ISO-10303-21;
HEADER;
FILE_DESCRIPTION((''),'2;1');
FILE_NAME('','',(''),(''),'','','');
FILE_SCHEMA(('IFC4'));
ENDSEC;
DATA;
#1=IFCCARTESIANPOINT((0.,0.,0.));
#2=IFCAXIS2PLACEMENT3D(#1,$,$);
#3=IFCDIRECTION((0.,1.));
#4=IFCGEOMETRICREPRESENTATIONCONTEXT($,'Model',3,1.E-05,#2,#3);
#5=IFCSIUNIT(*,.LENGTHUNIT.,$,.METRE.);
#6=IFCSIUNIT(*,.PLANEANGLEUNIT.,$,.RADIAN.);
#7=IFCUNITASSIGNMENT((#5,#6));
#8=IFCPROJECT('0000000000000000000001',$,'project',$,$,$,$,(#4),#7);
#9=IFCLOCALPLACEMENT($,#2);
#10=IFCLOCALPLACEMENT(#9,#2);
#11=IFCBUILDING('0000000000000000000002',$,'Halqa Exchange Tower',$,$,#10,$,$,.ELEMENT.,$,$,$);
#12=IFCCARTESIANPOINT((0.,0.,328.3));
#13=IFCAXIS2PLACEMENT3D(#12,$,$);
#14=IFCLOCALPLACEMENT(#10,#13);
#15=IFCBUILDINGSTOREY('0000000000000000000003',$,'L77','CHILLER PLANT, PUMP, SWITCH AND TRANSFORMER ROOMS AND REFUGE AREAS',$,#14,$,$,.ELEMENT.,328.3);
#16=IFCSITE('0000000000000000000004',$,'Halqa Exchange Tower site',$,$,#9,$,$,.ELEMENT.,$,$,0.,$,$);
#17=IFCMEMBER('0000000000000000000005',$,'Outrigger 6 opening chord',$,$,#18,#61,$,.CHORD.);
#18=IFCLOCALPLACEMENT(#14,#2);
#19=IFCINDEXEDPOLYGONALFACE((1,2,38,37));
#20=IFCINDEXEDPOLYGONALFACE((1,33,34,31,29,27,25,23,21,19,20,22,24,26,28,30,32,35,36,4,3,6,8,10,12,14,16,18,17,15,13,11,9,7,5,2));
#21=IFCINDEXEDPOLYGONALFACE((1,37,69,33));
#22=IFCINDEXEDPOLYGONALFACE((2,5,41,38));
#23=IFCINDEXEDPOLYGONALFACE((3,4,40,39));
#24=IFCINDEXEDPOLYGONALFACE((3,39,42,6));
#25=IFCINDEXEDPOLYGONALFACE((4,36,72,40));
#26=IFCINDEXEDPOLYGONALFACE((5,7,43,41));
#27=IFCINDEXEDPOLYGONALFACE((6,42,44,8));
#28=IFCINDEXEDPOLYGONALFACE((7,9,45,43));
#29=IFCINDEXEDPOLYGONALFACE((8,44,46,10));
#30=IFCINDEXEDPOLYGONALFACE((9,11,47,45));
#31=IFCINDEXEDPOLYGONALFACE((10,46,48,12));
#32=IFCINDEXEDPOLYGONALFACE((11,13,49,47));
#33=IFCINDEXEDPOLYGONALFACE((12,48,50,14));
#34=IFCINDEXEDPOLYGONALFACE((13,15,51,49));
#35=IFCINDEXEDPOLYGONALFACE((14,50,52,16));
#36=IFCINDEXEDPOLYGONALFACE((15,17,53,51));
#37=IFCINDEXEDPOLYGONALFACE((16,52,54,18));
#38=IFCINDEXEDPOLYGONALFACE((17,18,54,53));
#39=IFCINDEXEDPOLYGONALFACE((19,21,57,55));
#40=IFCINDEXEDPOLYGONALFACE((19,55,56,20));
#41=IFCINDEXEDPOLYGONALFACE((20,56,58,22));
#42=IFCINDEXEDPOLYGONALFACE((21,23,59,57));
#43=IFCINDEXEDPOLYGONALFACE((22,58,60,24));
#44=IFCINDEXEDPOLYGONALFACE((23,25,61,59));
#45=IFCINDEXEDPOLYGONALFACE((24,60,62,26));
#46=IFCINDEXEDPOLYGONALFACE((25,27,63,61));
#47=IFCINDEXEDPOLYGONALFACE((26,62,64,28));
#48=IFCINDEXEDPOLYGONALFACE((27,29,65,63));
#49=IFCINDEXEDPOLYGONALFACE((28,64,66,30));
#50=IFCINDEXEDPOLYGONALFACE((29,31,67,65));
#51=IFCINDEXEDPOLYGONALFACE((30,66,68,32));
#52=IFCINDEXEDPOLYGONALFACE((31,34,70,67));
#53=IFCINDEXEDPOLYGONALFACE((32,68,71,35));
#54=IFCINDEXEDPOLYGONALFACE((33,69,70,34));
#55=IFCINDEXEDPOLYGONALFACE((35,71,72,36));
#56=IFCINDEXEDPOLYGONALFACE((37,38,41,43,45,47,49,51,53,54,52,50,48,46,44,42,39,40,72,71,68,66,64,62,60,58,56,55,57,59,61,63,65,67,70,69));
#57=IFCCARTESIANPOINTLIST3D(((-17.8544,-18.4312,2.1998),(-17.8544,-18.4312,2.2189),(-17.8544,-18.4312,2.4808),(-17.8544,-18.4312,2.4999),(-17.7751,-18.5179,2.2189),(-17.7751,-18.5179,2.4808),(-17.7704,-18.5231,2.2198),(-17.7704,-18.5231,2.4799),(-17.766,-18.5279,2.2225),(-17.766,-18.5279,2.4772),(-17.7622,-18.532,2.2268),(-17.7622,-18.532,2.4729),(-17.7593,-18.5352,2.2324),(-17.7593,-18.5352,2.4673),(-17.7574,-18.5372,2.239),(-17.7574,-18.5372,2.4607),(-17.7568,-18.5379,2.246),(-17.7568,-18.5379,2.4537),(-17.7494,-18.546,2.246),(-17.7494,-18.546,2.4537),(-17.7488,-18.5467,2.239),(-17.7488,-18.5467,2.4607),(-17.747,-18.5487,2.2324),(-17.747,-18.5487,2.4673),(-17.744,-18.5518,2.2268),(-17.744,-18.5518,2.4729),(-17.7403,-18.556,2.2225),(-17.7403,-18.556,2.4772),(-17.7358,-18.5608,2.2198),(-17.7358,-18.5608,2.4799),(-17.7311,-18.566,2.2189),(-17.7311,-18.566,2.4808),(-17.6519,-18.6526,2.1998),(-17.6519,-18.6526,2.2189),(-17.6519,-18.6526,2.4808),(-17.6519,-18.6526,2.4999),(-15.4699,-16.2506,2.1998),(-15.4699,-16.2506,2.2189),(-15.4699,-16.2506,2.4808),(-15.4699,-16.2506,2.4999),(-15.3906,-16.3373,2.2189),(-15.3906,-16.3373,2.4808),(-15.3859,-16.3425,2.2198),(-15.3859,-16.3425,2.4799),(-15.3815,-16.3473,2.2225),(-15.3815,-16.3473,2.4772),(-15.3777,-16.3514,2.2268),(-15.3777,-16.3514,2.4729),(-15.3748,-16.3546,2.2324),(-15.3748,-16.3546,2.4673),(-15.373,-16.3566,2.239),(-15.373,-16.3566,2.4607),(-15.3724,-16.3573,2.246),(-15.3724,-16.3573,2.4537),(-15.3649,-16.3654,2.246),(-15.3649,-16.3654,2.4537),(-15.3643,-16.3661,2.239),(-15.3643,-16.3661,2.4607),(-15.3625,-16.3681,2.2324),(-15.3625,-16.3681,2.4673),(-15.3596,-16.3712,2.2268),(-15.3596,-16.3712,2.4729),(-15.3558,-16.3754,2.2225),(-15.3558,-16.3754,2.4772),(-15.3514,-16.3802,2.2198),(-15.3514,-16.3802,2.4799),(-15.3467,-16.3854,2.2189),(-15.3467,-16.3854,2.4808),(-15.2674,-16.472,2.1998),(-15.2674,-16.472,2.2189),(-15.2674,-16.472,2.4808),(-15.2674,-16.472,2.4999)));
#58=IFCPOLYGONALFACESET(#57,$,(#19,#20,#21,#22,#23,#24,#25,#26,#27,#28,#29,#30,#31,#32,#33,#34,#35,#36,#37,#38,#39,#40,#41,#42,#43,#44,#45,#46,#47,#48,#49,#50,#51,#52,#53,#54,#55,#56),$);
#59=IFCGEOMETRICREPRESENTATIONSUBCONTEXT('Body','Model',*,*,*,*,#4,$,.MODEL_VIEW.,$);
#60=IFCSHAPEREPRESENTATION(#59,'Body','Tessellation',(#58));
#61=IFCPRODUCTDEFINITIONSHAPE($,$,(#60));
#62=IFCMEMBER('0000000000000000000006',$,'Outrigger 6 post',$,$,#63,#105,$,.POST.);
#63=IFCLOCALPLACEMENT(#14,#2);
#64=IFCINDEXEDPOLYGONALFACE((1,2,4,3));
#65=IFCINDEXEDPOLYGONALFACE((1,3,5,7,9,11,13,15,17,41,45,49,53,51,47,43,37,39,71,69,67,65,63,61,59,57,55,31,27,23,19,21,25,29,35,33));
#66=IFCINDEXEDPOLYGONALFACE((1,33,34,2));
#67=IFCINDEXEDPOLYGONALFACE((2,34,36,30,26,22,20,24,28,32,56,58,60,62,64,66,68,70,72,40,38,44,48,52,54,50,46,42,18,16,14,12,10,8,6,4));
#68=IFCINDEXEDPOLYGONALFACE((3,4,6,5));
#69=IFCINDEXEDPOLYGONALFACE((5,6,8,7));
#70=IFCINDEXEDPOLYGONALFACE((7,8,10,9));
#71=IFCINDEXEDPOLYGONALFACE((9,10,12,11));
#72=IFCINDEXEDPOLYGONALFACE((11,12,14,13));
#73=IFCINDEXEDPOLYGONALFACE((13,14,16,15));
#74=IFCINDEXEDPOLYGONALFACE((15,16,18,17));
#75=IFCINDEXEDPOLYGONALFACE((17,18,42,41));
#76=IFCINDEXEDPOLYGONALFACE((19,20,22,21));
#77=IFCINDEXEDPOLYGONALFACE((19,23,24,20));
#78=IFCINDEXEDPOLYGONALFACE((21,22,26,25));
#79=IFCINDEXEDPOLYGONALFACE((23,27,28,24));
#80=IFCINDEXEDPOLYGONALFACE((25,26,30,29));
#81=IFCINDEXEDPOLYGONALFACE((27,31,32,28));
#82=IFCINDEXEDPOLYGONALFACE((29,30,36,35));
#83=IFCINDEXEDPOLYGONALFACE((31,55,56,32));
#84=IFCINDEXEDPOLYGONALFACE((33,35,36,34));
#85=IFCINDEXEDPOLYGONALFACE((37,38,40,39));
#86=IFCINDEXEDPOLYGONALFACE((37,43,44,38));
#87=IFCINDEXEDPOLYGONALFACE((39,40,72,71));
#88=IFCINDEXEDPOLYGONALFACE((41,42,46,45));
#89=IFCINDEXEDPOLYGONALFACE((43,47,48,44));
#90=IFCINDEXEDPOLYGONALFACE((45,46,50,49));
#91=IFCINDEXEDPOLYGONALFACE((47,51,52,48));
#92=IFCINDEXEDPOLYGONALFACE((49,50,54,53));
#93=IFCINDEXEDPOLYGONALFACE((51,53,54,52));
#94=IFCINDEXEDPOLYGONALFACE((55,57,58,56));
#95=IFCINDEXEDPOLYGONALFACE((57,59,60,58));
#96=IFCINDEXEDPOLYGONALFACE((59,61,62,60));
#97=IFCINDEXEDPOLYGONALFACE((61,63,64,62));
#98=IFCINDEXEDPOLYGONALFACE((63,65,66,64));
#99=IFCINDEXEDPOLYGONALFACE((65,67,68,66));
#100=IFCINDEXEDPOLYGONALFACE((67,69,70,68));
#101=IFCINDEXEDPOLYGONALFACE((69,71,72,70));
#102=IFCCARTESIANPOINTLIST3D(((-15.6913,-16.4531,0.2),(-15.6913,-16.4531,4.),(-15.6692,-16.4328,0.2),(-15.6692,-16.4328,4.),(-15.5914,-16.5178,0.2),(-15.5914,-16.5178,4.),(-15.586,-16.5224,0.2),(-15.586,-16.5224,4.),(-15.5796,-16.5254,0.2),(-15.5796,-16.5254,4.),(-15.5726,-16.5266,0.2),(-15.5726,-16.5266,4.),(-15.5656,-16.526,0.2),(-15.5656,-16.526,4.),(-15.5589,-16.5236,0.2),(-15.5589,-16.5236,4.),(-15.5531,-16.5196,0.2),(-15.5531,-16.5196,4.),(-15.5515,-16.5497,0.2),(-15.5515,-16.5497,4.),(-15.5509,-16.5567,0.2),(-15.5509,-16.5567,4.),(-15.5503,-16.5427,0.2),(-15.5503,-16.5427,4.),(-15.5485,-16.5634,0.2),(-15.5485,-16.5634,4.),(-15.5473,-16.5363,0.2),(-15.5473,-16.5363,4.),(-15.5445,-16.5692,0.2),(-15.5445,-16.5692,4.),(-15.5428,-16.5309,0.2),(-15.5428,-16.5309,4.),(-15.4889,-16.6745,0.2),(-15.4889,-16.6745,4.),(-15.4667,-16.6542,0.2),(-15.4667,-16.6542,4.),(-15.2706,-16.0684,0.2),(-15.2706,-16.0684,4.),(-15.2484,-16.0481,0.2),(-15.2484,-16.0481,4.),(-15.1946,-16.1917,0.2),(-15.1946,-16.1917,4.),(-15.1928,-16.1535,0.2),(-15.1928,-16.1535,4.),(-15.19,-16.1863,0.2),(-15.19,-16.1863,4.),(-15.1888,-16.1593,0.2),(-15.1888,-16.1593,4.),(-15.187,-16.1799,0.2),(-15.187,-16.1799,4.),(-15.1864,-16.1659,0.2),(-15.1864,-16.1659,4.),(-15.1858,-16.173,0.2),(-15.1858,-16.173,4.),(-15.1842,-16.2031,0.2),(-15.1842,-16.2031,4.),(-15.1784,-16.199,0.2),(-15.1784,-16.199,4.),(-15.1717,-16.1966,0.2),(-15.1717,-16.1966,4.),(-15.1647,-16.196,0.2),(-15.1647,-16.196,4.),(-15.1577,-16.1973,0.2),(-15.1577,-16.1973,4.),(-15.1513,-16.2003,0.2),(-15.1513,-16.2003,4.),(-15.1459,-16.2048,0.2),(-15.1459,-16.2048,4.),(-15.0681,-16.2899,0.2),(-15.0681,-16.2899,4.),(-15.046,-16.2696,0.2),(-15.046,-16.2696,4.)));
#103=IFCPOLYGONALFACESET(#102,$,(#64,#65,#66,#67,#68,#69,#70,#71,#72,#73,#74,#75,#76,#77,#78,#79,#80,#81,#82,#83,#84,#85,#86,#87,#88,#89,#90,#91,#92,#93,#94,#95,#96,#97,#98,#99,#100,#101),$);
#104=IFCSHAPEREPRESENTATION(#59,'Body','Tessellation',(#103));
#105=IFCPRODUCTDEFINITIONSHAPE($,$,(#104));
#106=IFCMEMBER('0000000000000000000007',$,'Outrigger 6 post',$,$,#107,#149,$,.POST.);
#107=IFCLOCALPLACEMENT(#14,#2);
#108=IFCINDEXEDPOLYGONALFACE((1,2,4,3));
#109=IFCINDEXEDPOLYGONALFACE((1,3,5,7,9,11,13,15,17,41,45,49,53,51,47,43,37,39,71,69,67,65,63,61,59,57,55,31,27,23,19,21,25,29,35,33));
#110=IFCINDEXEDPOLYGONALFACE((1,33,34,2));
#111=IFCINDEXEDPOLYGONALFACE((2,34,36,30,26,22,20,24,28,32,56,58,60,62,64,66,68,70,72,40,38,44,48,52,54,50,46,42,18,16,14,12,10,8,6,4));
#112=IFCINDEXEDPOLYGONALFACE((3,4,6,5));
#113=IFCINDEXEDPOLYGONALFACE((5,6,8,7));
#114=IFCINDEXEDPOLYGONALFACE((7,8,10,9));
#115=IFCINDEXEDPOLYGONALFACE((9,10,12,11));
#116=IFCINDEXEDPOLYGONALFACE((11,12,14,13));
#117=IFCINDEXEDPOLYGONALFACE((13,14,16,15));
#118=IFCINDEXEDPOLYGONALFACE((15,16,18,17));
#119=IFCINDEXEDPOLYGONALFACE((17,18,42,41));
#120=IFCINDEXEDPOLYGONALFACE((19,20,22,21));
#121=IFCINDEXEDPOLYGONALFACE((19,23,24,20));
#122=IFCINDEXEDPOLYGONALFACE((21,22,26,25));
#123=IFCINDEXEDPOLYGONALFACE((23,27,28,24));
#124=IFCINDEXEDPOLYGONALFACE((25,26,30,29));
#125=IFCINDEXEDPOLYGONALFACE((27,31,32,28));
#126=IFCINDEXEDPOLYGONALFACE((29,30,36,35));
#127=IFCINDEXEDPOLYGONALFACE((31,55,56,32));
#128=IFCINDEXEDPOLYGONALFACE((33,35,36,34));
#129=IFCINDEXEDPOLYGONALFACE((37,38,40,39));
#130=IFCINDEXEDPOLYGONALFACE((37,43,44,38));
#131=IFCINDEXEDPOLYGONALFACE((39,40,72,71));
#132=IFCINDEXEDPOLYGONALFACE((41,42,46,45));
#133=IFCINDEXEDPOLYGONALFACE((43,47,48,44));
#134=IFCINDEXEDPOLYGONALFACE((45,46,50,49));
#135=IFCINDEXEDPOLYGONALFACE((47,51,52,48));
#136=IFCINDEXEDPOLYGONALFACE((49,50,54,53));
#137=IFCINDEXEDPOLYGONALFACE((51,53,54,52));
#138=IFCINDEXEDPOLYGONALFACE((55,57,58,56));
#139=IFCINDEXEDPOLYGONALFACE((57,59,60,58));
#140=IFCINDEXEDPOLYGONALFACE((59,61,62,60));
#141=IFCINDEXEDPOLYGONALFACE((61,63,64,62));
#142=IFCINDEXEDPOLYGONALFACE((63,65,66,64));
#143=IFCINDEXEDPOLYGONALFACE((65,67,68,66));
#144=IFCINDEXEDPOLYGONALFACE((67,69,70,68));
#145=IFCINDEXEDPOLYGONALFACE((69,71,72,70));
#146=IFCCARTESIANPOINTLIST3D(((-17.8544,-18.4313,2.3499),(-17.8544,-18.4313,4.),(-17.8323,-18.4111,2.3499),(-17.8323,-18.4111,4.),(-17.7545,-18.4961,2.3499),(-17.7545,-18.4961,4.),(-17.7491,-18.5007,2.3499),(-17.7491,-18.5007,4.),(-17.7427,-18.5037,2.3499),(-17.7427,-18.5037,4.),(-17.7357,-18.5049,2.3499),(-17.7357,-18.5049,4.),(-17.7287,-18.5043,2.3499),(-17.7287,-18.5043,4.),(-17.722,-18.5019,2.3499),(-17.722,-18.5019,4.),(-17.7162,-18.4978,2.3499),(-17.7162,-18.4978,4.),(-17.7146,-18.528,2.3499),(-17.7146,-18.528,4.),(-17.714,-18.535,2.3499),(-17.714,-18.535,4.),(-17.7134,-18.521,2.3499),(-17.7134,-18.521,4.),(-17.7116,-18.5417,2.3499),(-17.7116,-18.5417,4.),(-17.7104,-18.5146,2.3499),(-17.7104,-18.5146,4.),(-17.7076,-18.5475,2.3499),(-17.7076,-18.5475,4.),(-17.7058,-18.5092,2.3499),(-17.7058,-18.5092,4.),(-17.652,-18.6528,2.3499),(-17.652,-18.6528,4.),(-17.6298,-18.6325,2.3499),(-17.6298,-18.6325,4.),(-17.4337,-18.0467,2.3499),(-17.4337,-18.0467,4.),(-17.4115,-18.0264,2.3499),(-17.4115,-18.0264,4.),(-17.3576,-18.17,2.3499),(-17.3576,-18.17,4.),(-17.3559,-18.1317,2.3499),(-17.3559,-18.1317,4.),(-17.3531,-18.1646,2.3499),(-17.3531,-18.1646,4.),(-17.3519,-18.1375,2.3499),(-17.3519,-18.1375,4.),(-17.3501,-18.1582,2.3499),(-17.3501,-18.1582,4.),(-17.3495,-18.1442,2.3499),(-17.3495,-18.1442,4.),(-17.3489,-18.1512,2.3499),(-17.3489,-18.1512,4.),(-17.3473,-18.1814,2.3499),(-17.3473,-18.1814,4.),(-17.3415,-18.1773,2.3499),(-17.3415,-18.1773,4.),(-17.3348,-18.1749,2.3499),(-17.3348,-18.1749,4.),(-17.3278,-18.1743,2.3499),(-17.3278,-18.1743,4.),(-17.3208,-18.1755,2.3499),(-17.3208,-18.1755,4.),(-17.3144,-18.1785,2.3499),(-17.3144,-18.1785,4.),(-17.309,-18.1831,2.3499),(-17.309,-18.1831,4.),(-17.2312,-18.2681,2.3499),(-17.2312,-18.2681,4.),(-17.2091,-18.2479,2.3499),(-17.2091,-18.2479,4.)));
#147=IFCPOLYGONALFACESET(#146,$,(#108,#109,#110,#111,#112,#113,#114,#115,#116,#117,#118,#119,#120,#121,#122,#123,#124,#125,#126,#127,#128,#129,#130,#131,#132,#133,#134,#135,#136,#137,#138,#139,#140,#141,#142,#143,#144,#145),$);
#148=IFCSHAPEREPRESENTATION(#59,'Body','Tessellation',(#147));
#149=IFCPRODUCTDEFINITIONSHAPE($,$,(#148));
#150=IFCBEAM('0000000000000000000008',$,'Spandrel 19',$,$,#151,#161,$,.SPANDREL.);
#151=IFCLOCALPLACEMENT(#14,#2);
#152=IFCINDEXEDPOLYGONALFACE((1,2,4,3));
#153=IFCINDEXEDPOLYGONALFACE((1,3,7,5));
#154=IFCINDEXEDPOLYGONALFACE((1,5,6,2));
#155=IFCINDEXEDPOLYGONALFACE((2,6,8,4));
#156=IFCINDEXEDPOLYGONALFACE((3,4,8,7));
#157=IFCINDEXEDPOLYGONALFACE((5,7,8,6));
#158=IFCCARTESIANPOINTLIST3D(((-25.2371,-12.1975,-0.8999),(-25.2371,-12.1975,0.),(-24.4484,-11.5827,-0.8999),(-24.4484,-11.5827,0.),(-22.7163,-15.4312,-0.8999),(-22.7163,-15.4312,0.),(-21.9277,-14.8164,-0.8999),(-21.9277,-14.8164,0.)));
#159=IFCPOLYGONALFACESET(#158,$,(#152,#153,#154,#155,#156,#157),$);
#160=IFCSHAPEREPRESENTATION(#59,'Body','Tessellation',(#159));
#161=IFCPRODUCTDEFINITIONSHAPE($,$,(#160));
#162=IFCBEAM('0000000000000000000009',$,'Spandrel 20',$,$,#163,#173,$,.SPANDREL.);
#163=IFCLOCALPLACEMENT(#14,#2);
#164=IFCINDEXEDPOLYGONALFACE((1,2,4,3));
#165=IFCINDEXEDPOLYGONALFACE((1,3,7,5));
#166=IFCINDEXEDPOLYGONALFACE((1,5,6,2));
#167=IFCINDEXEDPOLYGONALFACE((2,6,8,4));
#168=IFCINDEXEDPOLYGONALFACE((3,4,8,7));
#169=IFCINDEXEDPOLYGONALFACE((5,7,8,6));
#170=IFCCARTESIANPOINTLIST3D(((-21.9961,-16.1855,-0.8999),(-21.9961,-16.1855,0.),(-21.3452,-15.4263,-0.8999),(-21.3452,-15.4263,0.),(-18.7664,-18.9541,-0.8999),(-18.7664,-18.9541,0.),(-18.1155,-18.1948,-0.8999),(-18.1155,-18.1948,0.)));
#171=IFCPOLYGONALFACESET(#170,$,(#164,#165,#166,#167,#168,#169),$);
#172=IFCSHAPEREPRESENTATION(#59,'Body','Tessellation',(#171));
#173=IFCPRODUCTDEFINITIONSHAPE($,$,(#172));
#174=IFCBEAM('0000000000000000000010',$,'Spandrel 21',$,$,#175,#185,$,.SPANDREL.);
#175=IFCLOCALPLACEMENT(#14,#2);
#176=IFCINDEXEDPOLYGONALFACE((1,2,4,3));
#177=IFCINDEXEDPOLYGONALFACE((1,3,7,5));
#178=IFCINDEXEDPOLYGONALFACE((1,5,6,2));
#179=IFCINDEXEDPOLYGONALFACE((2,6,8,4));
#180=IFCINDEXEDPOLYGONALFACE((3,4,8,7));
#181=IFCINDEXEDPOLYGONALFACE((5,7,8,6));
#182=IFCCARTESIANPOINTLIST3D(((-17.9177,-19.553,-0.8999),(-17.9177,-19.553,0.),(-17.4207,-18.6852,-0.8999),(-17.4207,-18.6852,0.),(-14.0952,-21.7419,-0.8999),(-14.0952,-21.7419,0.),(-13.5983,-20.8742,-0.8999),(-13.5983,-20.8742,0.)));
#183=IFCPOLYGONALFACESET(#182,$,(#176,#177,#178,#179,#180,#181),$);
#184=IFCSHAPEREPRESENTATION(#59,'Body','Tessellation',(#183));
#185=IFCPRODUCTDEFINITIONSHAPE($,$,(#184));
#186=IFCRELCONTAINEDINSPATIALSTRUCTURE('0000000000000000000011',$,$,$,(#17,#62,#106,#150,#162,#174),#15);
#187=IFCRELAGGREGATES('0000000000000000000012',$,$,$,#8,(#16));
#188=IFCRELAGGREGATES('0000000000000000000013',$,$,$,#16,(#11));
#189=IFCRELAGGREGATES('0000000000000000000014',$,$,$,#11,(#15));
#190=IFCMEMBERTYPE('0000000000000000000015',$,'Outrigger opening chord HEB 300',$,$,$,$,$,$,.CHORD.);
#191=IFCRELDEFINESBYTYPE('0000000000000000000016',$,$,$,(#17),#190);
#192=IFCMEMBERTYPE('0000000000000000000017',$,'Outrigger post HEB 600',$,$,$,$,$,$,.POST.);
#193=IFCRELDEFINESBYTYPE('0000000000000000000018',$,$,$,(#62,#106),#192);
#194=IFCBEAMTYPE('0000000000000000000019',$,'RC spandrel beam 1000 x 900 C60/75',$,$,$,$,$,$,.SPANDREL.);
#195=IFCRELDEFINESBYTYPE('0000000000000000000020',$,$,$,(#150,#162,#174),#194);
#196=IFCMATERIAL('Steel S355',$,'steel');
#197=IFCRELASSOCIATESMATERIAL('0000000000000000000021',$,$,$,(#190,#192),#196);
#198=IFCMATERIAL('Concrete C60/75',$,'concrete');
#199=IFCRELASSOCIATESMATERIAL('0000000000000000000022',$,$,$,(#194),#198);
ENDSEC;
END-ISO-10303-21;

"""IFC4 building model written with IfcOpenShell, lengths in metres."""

from ifc_helpers import new_model, si_unit, direction, frame, origin, origin_2d, place, context, subcontext, project, spatial, rectangle, i_section, extrude, material, material_profile, profile_set, type_object, element, save


model = new_model("IFC4")

# Units and contexts
model_context = context("Model", 3, precision=1e-05, world=origin(), true_north=direction((0.0, 1.0)))
body_context = subcontext(model_context, "Body", "Model", "MODEL_VIEW")
ifc_project = project(units=[si_unit("LENGTHUNIT", "METRE"), si_unit("PLANEANGLEUNIT", "RADIAN")], contexts=[model_context])

# Site, building, storey
site_placement = place(None, origin())
site = spatial("IfcSite", under=ifc_project, at=site_placement, Name="Halqa Exchange Tower site", CompositionType="ELEMENT", RefElevation=0.0)
building_placement = place(site_placement, origin())
building = spatial("IfcBuilding", under=site, at=building_placement, Name="Halqa Exchange Tower", CompositionType="ELEMENT")
storey_placement = place(building_placement, frame((0.0, 0.0, 328.3)))
storey = spatial("IfcBuildingStorey", under=building, at=storey_placement, Name="L77", Description="CHILLER PLANT, PUMP, SWITCH AND TRANSFORMER ROOMS AND REFUGE AREAS", CompositionType="ELEMENT", Elevation=328.3)

# Members
ifc_material_1 = material(Name="Steel S355", Category="steel")
ifc_material_profile_1 = material_profile(ifc_material_1, i_section(OverallWidth=0.3, OverallDepth=0.3, WebThickness=0.011, FlangeThickness=0.019, FilletRadius=0.0271, at=origin_2d()), Name="HEB 300")
ifc_profile_set_1 = profile_set([ifc_material_profile_1], Name="Steel S355")
member_type_1 = type_object("IfcMemberType", Name="Outrigger opening chord HEB 300", PredefinedType="CHORD", material=ifc_profile_set_1)
member_1_placement = place(storey_placement, frame((-15.3687, -16.3613, 2.3499), z_axis=(-0.737947, -0.674859, 0.0), x_axis=(0.674859, -0.737947, 0.0)))
element("IfcMember", 1, at=member_1_placement, inside=storey, type_object=member_type_1, Name="Outrigger 6 opening chord", PredefinedType="CHORD", context=body_context, shape_type="SweptSolid", body=[
    extrude(i_section(OverallWidth=0.3, OverallDepth=0.3, WebThickness=0.011, FlangeThickness=0.019, FilletRadius=0.0271, at=origin_2d()), origin(), (0.0, 0.0, 1.0), 3.2312),
])
ifc_material_profile_2 = material_profile(ifc_material_1, i_section(OverallWidth=0.3, OverallDepth=0.6001, WebThickness=0.0154, FlangeThickness=0.03, FilletRadius=0.0271, at=origin_2d()), Name="HEB 600")
ifc_profile_set_2 = profile_set([ifc_material_profile_2], Name="Steel S355")
member_type_2 = type_object("IfcMemberType", Name="Outrigger post HEB 600", PredefinedType="POST", material=ifc_profile_set_2)
member_2_placement = place(storey_placement, frame((-15.3687, -16.3613, 0.2), z_axis=(0.0, 0.0, 1.0), x_axis=(0.67474, -0.738055, 0.0)))
element("IfcMember", 2, at=member_2_placement, inside=storey, type_object=member_type_2, Name="Outrigger 6 post", PredefinedType="POST", context=body_context, shape_type="SweptSolid", body=[
    extrude(i_section(OverallWidth=0.3, OverallDepth=0.6001, WebThickness=0.0154, FlangeThickness=0.03, FilletRadius=0.0271, at=origin_2d()), origin(), (0.0, 0.0, 1.0), 3.8),
])
member_3_placement = place(storey_placement, frame((-17.5317, -18.3396, 2.3499), z_axis=(0.0, 0.0, 1.0), x_axis=(0.67474, -0.738055, 0.0)))
element("IfcMember", 3, at=member_3_placement, inside=storey, type_object=member_type_2, Name="Outrigger 6 post", PredefinedType="POST", context=body_context, shape_type="SweptSolid", body=[
    extrude(i_section(OverallWidth=0.3, OverallDepth=0.6001, WebThickness=0.0154, FlangeThickness=0.03, FilletRadius=0.0271, at=origin_2d()), origin(), (0.0, 0.0, 1.0), 1.6501),
])

# Beams
ifc_material_2 = material(Name="Concrete C60/75", Category="concrete")
ifc_material_profile_3 = material_profile(ifc_material_2, rectangle(XDim=1.0, YDim=0.8999, at=origin_2d()), Name="1000 x 900")
ifc_profile_set_3 = profile_set([ifc_material_profile_3], Name="Concrete C60/75")
beam_type = type_object("IfcBeamType", Name="RC spandrel beam 1000 x 900 C60/75", PredefinedType="SPANDREL", material=ifc_profile_set_3)
beam_1_placement = place(storey_placement, frame((-24.8428, -11.8901, -0.45), z_axis=(0.614806, -0.788678, 0.0), x_axis=(0.788678, 0.614806, 0.0)))
element("IfcBeam", 4, at=beam_1_placement, inside=storey, type_object=beam_type, Name="Spandrel 19", PredefinedType="SPANDREL", context=body_context, shape_type="SweptSolid", body=[
    extrude(rectangle(XDim=1.0, YDim=0.8999, at=origin_2d()), origin(), (0.0, 0.0, 1.0), 4.1001),
])
beam_2_placement = place(storey_placement, frame((-21.6707, -15.8059, -0.45), z_axis=(0.759232, -0.65082, 0.0), x_axis=(0.65082, 0.759232, 0.0)))
element("IfcBeam", 5, at=beam_2_placement, inside=storey, type_object=beam_type, Name="Spandrel 20", PredefinedType="SPANDREL", context=body_context, shape_type="SweptSolid", body=[
    extrude(rectangle(XDim=1.0, YDim=0.8999, at=origin_2d()), origin(), (0.0, 0.0, 1.0), 4.2539),
])
beam_3_placement = place(storey_placement, frame((-17.6692, -19.1191, -0.45), z_axis=(0.867786, -0.496939, 0.0), x_axis=(0.496939, 0.867786, 0.0)))
element("IfcBeam", 6, at=beam_3_placement, inside=storey, type_object=beam_type, Name="Spandrel 21", PredefinedType="SPANDREL", context=body_context, shape_type="SweptSolid", body=[
    extrude(rectangle(XDim=1.0, YDim=0.8999, at=origin_2d()), origin(), (0.0, 0.0, 1.0), 4.4048),
])

save(model, "model.ifc")
